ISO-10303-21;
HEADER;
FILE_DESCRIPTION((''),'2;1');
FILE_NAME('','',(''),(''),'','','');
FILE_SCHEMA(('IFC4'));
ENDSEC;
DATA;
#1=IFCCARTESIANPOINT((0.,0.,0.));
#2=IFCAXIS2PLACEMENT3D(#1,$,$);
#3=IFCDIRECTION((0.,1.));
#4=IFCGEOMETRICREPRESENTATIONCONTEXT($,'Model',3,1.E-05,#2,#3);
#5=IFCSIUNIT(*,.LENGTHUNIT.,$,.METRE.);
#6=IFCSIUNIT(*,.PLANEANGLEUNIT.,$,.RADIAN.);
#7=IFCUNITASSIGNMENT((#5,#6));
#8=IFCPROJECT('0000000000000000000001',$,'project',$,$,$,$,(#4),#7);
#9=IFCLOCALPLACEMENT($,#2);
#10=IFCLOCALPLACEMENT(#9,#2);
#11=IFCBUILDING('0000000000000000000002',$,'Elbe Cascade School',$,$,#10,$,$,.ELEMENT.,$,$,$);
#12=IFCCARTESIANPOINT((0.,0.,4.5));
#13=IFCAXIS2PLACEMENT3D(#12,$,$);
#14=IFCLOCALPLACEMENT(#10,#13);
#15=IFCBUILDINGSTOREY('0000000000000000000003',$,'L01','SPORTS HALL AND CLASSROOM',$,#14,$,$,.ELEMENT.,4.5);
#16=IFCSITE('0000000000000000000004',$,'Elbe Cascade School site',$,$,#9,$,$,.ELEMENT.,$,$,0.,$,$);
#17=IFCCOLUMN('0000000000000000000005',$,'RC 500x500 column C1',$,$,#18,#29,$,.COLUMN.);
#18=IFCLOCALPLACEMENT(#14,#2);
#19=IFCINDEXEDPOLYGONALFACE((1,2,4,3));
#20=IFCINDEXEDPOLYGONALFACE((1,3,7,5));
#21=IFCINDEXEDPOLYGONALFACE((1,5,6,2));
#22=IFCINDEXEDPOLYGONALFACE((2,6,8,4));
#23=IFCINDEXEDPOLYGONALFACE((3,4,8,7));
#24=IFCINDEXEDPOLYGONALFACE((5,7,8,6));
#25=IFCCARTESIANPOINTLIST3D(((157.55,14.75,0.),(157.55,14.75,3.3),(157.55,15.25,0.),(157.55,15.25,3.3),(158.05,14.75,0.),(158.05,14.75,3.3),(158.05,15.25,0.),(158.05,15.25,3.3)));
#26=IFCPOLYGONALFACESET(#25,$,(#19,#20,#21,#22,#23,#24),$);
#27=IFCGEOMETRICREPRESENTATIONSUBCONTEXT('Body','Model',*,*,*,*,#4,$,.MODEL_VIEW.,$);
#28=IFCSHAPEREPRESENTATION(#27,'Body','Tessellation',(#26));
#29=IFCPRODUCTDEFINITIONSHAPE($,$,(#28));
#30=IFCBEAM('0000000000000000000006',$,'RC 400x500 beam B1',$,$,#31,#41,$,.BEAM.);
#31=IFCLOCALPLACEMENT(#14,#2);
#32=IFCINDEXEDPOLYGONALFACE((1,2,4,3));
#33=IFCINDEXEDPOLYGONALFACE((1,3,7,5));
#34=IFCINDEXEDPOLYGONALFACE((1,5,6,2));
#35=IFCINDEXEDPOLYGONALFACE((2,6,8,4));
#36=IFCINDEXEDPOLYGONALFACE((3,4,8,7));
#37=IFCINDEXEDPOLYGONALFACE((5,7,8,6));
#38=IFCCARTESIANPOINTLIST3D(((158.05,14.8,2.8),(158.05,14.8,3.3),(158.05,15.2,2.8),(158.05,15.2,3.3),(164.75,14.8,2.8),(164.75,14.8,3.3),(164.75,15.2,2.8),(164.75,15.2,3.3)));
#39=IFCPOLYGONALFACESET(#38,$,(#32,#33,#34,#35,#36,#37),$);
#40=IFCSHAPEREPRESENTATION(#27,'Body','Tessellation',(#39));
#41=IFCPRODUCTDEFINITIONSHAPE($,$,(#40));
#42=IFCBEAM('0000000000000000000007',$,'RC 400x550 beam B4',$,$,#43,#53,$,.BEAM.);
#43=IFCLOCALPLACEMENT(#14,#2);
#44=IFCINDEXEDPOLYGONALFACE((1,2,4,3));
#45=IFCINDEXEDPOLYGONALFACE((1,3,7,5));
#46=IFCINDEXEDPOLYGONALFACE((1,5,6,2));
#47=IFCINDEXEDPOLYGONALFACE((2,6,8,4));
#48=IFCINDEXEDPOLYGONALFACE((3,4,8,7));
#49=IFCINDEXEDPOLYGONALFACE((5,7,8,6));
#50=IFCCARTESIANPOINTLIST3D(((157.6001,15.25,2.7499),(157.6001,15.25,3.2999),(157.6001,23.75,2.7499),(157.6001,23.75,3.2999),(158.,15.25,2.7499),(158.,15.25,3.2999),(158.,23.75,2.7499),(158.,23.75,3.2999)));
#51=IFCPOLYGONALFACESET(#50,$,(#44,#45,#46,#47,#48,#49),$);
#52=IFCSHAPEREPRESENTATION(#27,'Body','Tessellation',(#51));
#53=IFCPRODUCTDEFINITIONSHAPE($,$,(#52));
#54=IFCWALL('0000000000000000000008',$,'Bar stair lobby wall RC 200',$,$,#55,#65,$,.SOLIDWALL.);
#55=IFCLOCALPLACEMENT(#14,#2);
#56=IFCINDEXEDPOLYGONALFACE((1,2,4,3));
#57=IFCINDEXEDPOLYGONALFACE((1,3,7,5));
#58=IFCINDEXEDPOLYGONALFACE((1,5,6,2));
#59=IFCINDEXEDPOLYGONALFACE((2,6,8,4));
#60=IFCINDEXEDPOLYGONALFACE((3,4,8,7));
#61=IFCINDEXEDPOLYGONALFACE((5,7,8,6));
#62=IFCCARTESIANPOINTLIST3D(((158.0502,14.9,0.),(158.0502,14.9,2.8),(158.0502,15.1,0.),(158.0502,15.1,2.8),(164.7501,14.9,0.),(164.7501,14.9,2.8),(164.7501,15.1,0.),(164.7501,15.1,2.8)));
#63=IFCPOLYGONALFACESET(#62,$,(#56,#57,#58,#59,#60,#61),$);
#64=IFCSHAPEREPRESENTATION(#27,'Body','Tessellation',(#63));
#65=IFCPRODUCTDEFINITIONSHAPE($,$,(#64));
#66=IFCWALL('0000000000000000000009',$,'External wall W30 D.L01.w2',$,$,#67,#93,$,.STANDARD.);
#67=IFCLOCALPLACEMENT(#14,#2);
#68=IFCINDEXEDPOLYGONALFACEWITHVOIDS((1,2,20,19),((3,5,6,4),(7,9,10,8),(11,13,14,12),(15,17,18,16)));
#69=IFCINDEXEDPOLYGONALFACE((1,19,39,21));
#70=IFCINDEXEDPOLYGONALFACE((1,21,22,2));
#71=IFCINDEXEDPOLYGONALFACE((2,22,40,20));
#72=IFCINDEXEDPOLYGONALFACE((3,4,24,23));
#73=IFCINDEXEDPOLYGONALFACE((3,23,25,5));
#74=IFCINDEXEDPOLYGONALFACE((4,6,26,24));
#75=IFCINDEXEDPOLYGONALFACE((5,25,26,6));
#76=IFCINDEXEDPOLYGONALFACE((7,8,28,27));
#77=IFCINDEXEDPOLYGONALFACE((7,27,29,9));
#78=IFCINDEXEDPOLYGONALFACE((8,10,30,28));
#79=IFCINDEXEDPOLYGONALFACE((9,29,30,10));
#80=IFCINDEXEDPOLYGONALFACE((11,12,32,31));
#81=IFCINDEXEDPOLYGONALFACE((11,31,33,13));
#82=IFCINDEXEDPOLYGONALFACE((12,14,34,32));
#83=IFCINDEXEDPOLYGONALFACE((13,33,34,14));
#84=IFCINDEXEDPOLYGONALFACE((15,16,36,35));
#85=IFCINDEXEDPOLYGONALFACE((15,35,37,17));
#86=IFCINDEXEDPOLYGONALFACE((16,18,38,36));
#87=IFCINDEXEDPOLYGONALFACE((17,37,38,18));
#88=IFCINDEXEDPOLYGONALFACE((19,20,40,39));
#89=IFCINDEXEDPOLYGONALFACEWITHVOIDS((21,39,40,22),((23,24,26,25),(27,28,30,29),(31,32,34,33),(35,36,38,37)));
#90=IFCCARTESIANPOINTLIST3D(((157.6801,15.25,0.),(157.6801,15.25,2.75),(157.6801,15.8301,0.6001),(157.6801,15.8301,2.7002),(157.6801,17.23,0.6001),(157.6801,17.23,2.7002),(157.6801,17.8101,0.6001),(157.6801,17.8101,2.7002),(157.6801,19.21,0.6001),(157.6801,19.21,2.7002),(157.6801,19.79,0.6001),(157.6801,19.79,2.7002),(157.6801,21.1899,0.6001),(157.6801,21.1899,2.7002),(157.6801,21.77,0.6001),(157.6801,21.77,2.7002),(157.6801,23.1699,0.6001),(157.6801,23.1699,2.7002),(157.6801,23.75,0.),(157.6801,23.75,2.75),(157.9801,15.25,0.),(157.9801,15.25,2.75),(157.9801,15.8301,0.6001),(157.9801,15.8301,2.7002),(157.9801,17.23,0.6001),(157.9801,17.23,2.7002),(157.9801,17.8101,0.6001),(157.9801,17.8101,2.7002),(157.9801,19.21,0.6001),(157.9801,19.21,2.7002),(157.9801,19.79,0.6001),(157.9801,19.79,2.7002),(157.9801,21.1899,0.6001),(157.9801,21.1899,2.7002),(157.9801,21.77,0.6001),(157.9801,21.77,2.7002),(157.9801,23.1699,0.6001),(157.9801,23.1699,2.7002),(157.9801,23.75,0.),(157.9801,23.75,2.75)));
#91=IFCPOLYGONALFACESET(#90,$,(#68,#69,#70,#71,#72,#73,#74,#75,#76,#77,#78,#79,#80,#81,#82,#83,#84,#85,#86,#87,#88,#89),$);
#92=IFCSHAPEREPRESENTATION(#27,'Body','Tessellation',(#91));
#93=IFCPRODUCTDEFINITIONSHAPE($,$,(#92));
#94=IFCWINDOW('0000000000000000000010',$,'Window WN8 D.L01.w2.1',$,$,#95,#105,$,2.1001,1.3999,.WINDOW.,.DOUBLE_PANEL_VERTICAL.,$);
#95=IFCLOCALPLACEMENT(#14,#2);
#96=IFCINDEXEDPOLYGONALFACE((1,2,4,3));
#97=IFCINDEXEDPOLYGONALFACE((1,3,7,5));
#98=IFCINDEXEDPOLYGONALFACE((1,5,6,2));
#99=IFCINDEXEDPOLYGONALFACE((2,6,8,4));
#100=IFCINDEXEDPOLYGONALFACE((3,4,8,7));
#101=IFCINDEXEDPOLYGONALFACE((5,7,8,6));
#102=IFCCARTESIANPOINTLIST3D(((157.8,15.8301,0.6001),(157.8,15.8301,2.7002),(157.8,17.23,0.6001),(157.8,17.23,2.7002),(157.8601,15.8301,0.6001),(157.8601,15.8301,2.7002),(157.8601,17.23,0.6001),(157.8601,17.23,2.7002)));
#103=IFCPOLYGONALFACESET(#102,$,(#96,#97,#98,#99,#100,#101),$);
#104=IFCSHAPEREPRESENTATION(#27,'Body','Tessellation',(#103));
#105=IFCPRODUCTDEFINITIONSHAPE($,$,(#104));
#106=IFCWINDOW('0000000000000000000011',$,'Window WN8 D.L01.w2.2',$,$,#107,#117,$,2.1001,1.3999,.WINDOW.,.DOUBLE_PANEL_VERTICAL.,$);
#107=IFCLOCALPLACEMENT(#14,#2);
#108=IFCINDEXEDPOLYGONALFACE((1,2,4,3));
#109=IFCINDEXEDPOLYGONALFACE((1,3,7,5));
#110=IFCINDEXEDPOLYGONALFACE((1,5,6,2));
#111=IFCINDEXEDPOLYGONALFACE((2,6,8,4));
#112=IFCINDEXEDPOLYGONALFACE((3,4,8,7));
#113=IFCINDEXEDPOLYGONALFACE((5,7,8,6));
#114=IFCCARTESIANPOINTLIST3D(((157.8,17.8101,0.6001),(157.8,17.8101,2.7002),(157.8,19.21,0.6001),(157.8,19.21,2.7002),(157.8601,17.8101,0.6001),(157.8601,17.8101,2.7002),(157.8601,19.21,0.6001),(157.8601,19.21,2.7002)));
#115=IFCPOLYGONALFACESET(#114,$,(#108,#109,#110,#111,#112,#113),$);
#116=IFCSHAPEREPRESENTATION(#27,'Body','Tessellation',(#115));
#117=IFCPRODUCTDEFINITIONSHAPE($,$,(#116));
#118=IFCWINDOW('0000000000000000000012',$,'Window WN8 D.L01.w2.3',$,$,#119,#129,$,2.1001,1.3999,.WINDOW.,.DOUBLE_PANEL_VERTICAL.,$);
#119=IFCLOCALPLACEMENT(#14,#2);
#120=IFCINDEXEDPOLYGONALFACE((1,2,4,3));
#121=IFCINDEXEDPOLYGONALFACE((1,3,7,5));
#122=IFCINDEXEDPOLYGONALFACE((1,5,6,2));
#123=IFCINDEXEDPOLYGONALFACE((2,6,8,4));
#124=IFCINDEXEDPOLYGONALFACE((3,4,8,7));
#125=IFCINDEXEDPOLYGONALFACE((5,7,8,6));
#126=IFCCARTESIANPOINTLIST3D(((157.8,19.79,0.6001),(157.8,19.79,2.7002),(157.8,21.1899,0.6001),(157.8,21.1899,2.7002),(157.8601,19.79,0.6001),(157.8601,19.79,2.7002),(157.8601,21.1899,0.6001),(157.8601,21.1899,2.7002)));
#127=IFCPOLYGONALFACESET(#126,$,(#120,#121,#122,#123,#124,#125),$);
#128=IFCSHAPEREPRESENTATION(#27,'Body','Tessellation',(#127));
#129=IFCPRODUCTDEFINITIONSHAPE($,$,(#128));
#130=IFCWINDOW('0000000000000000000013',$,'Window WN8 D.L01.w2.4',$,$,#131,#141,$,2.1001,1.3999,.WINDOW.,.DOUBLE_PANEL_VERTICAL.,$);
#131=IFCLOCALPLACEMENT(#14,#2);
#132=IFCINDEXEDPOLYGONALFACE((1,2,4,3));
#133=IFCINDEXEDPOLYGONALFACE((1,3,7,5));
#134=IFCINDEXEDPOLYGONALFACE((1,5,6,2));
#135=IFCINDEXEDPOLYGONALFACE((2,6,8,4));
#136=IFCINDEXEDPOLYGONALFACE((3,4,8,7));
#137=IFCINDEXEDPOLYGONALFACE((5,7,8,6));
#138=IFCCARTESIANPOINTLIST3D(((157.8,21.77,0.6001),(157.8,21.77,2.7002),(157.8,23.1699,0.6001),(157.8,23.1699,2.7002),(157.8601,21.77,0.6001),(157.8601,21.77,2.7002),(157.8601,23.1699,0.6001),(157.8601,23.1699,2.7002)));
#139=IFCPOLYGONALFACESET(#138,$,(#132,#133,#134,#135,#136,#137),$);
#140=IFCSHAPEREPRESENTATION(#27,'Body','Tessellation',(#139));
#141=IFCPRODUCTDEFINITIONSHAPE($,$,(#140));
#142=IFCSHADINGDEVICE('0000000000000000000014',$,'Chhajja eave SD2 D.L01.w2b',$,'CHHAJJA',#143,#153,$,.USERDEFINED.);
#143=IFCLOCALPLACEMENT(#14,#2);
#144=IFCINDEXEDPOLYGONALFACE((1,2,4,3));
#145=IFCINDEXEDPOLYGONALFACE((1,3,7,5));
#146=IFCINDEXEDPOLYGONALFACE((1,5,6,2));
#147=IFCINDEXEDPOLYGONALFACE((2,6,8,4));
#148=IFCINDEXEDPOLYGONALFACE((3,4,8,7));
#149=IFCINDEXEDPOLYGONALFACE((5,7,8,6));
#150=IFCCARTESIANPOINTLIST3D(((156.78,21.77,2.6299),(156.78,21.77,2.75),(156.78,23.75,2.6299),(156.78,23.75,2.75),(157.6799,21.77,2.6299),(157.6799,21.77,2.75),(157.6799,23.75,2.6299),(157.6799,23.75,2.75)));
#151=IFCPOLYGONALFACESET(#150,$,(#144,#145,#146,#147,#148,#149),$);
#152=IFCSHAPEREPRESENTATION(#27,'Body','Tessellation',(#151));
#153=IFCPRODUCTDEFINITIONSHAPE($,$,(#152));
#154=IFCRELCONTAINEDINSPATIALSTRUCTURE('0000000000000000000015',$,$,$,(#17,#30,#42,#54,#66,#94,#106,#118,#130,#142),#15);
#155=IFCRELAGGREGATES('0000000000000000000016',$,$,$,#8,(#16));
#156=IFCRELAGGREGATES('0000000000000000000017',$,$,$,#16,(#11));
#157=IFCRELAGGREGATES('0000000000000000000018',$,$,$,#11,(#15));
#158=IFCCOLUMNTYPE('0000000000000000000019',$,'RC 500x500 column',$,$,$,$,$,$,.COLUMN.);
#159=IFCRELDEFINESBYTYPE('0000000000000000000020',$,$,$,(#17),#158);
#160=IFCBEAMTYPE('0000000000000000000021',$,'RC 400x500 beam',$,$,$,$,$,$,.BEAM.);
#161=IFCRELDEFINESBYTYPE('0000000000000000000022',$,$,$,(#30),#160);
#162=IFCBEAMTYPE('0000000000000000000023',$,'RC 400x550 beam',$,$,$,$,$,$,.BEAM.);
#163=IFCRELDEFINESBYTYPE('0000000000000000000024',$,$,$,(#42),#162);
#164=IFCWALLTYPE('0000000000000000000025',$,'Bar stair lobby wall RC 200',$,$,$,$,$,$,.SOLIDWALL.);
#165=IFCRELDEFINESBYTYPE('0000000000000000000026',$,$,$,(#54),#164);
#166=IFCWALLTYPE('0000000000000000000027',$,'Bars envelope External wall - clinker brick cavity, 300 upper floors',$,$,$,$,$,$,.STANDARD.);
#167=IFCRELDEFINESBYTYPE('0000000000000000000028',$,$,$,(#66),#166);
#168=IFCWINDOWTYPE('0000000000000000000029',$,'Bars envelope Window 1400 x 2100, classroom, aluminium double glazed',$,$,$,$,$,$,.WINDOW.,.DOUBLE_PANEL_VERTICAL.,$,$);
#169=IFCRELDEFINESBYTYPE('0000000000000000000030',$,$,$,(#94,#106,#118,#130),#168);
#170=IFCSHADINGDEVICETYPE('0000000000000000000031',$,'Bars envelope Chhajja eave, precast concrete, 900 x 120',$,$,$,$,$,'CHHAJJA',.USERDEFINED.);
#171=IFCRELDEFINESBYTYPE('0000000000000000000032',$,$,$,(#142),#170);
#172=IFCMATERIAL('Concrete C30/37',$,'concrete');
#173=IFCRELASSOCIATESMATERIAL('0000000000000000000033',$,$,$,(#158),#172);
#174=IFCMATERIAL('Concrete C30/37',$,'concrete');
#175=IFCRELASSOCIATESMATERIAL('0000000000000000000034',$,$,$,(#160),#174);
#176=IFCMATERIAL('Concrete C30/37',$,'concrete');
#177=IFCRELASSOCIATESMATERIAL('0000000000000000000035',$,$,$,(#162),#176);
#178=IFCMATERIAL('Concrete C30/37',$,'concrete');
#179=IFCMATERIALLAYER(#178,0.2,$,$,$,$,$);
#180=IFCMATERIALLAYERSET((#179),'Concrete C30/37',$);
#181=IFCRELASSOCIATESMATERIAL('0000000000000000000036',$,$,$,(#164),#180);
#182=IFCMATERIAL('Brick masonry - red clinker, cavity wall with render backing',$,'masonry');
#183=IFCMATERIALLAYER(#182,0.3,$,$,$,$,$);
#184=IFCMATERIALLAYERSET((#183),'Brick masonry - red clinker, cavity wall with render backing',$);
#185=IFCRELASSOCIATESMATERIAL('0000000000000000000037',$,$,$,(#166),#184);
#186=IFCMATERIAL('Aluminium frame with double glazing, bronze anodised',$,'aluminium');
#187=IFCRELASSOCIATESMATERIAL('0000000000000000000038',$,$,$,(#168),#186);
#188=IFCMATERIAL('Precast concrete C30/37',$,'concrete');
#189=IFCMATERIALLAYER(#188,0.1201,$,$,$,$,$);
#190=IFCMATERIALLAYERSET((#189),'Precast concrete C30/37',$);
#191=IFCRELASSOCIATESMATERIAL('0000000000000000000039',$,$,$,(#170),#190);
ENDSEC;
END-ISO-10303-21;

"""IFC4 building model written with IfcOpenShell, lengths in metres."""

from ifc_helpers import new_model, si_unit, direction, frame, frame_2d, origin, origin_2d, place, context, subcontext, project, spatial, rectangle, extrude, material, layer, layer_set, material_profile, profile_set, type_object, element, fill, save


model = new_model("IFC4")

# Units and contexts
model_context = context("Model", 3, precision=1e-05, world=origin(), true_north=direction((0.0, 1.0)))
body_context = subcontext(model_context, "Body", "Model", "MODEL_VIEW")
ifc_project = project(units=[si_unit("LENGTHUNIT", "METRE"), si_unit("PLANEANGLEUNIT", "RADIAN")], contexts=[model_context])

# Site, building, storey
site_placement = place(None, origin())
site = spatial("IfcSite", under=ifc_project, at=site_placement, Name="Elbe Cascade School site", CompositionType="ELEMENT", RefElevation=0.0)
building_placement = place(site_placement, origin())
building = spatial("IfcBuilding", under=site, at=building_placement, Name="Elbe Cascade School", CompositionType="ELEMENT")
storey_placement = place(building_placement, frame((0.0, 0.0, 4.5)))
storey = spatial("IfcBuildingStorey", under=building, at=storey_placement, Name="L01", Description="SPORTS HALL AND CLASSROOM", CompositionType="ELEMENT", Elevation=4.5)

# Column
ifc_material_1 = material(Name="Concrete C30/37", Category="concrete")
ifc_material_profile_1 = material_profile(ifc_material_1, rectangle(XDim=0.5, YDim=0.5, at=origin_2d()), Name="RC 500x500")
ifc_profile_set_1 = profile_set([ifc_material_profile_1], Name="Concrete C30/37")
column_type = type_object("IfcColumnType", Name="RC 500x500 column", PredefinedType="COLUMN", material=ifc_profile_set_1)
column_placement = place(storey_placement, frame((157.8, 15.0, 0.0), z_axis=(0.0, 0.0, 1.0), x_axis=(1.0, 0.0, 0.0)))
element("IfcColumn", 1, at=column_placement, inside=storey, type_object=column_type, Name="RC 500x500 column C1", PredefinedType="COLUMN", context=body_context, shape_type="SweptSolid", body=[
    extrude(rectangle(XDim=0.5, YDim=0.5, at=origin_2d()), origin(), (0.0, 0.0, 1.0), 3.3),
])

# Beams
ifc_material_2 = material(Name="Concrete C30/37", Category="concrete")
ifc_material_profile_2 = material_profile(ifc_material_2, rectangle(XDim=0.3999, YDim=0.5, at=origin_2d()), Name="RC 400x500")
ifc_profile_set_2 = profile_set([ifc_material_profile_2], Name="Concrete C30/37")
beam_type_1 = type_object("IfcBeamType", Name="RC 400x500 beam", PredefinedType="BEAM", material=ifc_profile_set_2)
beam_1_placement = place(storey_placement, frame((158.05, 15.0, 3.05), z_axis=(1.0, 0.0, 0.0), x_axis=(0.0, 1.0, 0.0)))
element("IfcBeam", 2, at=beam_1_placement, inside=storey, type_object=beam_type_1, Name="RC 400x500 beam B1", PredefinedType="BEAM", context=body_context, shape_type="SweptSolid", body=[
    extrude(rectangle(XDim=0.3999, YDim=0.5, at=origin_2d()), origin(), (0.0, 0.0, 1.0), 6.7),
])
ifc_material_3 = material(Name="Concrete C30/37", Category="concrete")
ifc_material_profile_3 = material_profile(ifc_material_3, rectangle(XDim=0.3999, YDim=0.55, at=origin_2d()), Name="RC 400x550")
ifc_profile_set_3 = profile_set([ifc_material_profile_3], Name="Concrete C30/37")
beam_type_2 = type_object("IfcBeamType", Name="RC 400x550 beam", PredefinedType="BEAM", material=ifc_profile_set_3)
beam_2_placement = place(storey_placement, frame((157.8, 15.25, 3.0249), z_axis=(0.0, 1.0, 0.0), x_axis=(-1.0, 0.0, 0.0)))
element("IfcBeam", 3, at=beam_2_placement, inside=storey, type_object=beam_type_2, Name="RC 400x550 beam B4", PredefinedType="BEAM", context=body_context, shape_type="SweptSolid", body=[
    extrude(rectangle(XDim=0.3999, YDim=0.55, at=origin_2d()), origin(), (0.0, 0.0, 1.0), 8.5),
])

# Wall
ifc_material_4 = material(Name="Concrete C30/37", Category="concrete")
ifc_layer_1 = layer(ifc_material_4, 0.2)
ifc_layer_set_1 = layer_set([ifc_layer_1], Name="Concrete C30/37")
wall_type_1 = type_object("IfcWallType", Name="Bar stair lobby wall RC 200", PredefinedType="SOLIDWALL", material=ifc_layer_set_1)
wall_1_placement = place(storey_placement, frame((158.05, 15.0, 0.0), z_axis=(0.0, 0.0, 1.0), x_axis=(1.0, 0.0, 0.0)))
element("IfcWall", 4, at=wall_1_placement, inside=storey, type_object=wall_type_1, Name="Bar stair lobby wall RC 200", PredefinedType="SOLIDWALL", context=body_context, shape_type="SweptSolid", body=[
    extrude(rectangle(XDim=6.7, YDim=0.2, at=frame_2d((3.3501, 0.0))), origin(), (0.0, 0.0, 1.0), 2.8),
])

# Wall, openings, windows
ifc_material_5 = material(Name="Brick masonry - red clinker, cavity wall with render backing", Category="masonry")
ifc_layer_2 = layer(ifc_material_5, 0.3)
ifc_layer_set_2 = layer_set([ifc_layer_2], Name="Brick masonry - red clinker, cavity wall with render backing")
wall_type_2 = type_object("IfcWallType", Name="Bars envelope External wall - clinker brick cavity, 300 upper floors", PredefinedType="STANDARD", material=ifc_layer_set_2)
wall_2_placement = place(storey_placement, frame((157.8301, 15.25, 0.0), z_axis=(0.0, 0.0, 1.0), x_axis=(0.0, 1.0, 0.0)))
wall_2 = element("IfcWall", 5, at=wall_2_placement, inside=storey, type_object=wall_type_2, Name="External wall W30 D.L01.w2", PredefinedType="STANDARD", context=body_context, shape_type="SweptSolid", body=[
    extrude(rectangle(XDim=8.5, YDim=0.3, at=frame_2d((4.25, 0.0))), origin(), (0.0, 0.0, 1.0), 2.75),
])
opening_1_placement = place(wall_2_placement, frame((0.5801, 0.0, 0.6001)))
opening_1 = element("IfcOpeningElement", 6, at=opening_1_placement, cuts=wall_2, PredefinedType="OPENING", context=body_context, shape_type="SweptSolid", body=[
    extrude(rectangle(XDim=1.3999, YDim=2.1001, at=frame_2d((0.7, 1.05))), frame((0.0, 0.1599, 0.0), z_axis=(0.0, -1.0, 0.0), x_axis=(1.0, 0.0, 0.0)), (0.0, 0.0, 1.0), 0.3201),
])
opening_2_placement = place(wall_2_placement, frame((2.5601, 0.0, 0.6001)))
opening_2 = element("IfcOpeningElement", 7, at=opening_2_placement, cuts=wall_2, PredefinedType="OPENING", context=body_context, shape_type="SweptSolid", body=[
    extrude(rectangle(XDim=1.3999, YDim=2.1001, at=frame_2d((0.7, 1.05))), frame((0.0, 0.1599, 0.0), z_axis=(0.0, -1.0, 0.0), x_axis=(1.0, 0.0, 0.0)), (0.0, 0.0, 1.0), 0.3201),
])
opening_3_placement = place(wall_2_placement, frame((4.54, 0.0, 0.6001)))
opening_3 = element("IfcOpeningElement", 8, at=opening_3_placement, cuts=wall_2, PredefinedType="OPENING", context=body_context, shape_type="SweptSolid", body=[
    extrude(rectangle(XDim=1.3999, YDim=2.1001, at=frame_2d((0.7, 1.05))), frame((0.0, 0.1599, 0.0), z_axis=(0.0, -1.0, 0.0), x_axis=(1.0, 0.0, 0.0)), (0.0, 0.0, 1.0), 0.3201),
])
opening_4_placement = place(wall_2_placement, frame((6.52, 0.0, 0.6001)))
opening_4 = element("IfcOpeningElement", 9, at=opening_4_placement, cuts=wall_2, PredefinedType="OPENING", context=body_context, shape_type="SweptSolid", body=[
    extrude(rectangle(XDim=1.3999, YDim=2.1001, at=frame_2d((0.7, 1.05))), frame((0.0, 0.1599, 0.0), z_axis=(0.0, -1.0, 0.0), x_axis=(1.0, 0.0, 0.0)), (0.0, 0.0, 1.0), 0.3201),
])
ifc_material_6 = material(Name="Aluminium frame with double glazing, bronze anodised", Category="aluminium")
window_type = type_object("IfcWindowType", Name="Bars envelope Window 1400 x 2100, classroom, aluminium double glazed", PartitioningType="DOUBLE_PANEL_VERTICAL", PredefinedType="WINDOW", material=ifc_material_6)
window_1_placement = place(opening_1_placement, origin())
window_1 = element("IfcWindow", 10, at=window_1_placement, inside=storey, type_object=window_type, Name="Window WN8 D.L01.w2.1", OverallHeight=2.1001, OverallWidth=1.3999, PartitioningType="DOUBLE_PANEL_VERTICAL", PredefinedType="WINDOW", context=body_context, shape_type="SweptSolid", body=[
    extrude(rectangle(XDim=1.3999, YDim=2.1001, at=frame_2d((0.7, 1.05))), frame((0.0, 0.03, 0.0), z_axis=(0.0, -1.0, 0.0), x_axis=(1.0, 0.0, 0.0)), (0.0, 0.0, 1.0), 0.0601),
])
fill(opening_1, window_1)
window_2_placement = place(opening_2_placement, origin())
window_2 = element("IfcWindow", 11, at=window_2_placement, inside=storey, type_object=window_type, Name="Window WN8 D.L01.w2.2", OverallHeight=2.1001, OverallWidth=1.3999, PartitioningType="DOUBLE_PANEL_VERTICAL", PredefinedType="WINDOW", context=body_context, shape_type="SweptSolid", body=[
    extrude(rectangle(XDim=1.3999, YDim=2.1001, at=frame_2d((0.7, 1.05))), frame((0.0, 0.03, 0.0), z_axis=(0.0, -1.0, 0.0), x_axis=(1.0, 0.0, 0.0)), (0.0, 0.0, 1.0), 0.0601),
])
fill(opening_2, window_2)
window_3_placement = place(opening_3_placement, origin())
window_3 = element("IfcWindow", 12, at=window_3_placement, inside=storey, type_object=window_type, Name="Window WN8 D.L01.w2.3", OverallHeight=2.1001, OverallWidth=1.3999, PartitioningType="DOUBLE_PANEL_VERTICAL", PredefinedType="WINDOW", context=body_context, shape_type="SweptSolid", body=[
    extrude(rectangle(XDim=1.3999, YDim=2.1001, at=frame_2d((0.7, 1.05))), frame((0.0, 0.03, 0.0), z_axis=(0.0, -1.0, 0.0), x_axis=(1.0, 0.0, 0.0)), (0.0, 0.0, 1.0), 0.0601),
])
fill(opening_3, window_3)
window_4_placement = place(opening_4_placement, origin())
window_4 = element("IfcWindow", 13, at=window_4_placement, inside=storey, type_object=window_type, Name="Window WN8 D.L01.w2.4", OverallHeight=2.1001, OverallWidth=1.3999, PartitioningType="DOUBLE_PANEL_VERTICAL", PredefinedType="WINDOW", context=body_context, shape_type="SweptSolid", body=[
    extrude(rectangle(XDim=1.3999, YDim=2.1001, at=frame_2d((0.7, 1.05))), frame((0.0, 0.03, 0.0), z_axis=(0.0, -1.0, 0.0), x_axis=(1.0, 0.0, 0.0)), (0.0, 0.0, 1.0), 0.0601),
])
fill(opening_4, window_4)

# Shading device
ifc_material_7 = material(Name="Precast concrete C30/37", Category="concrete")
ifc_layer_3 = layer(ifc_material_7, 0.1201)
ifc_layer_set_3 = layer_set([ifc_layer_3], Name="Precast concrete C30/37")
shading_device_type_1 = type_object("IfcShadingDeviceType", Name="Bars envelope Chhajja eave, precast concrete, 900 x 120", ElementType="CHHAJJA", PredefinedType="USERDEFINED", material=ifc_layer_set_3)
shading_device_1_placement = place(storey_placement, frame((157.23, 22.76, 2.6299), z_axis=(0.0, 0.0, 1.0), x_axis=(0.0, 1.0, 0.0)))
element("IfcShadingDevice", 14, at=shading_device_1_placement, inside=storey, type_object=shading_device_type_1, Name="Chhajja eave SD2 D.L01.w2b", ObjectType="CHHAJJA", PredefinedType="USERDEFINED", context=body_context, shape_type="SweptSolid", body=[
    extrude(rectangle(XDim=1.98, YDim=0.8999, at=origin_2d()), origin(), (0.0, 0.0, 1.0), 0.1201),
])

save(model, "model.ifc")
